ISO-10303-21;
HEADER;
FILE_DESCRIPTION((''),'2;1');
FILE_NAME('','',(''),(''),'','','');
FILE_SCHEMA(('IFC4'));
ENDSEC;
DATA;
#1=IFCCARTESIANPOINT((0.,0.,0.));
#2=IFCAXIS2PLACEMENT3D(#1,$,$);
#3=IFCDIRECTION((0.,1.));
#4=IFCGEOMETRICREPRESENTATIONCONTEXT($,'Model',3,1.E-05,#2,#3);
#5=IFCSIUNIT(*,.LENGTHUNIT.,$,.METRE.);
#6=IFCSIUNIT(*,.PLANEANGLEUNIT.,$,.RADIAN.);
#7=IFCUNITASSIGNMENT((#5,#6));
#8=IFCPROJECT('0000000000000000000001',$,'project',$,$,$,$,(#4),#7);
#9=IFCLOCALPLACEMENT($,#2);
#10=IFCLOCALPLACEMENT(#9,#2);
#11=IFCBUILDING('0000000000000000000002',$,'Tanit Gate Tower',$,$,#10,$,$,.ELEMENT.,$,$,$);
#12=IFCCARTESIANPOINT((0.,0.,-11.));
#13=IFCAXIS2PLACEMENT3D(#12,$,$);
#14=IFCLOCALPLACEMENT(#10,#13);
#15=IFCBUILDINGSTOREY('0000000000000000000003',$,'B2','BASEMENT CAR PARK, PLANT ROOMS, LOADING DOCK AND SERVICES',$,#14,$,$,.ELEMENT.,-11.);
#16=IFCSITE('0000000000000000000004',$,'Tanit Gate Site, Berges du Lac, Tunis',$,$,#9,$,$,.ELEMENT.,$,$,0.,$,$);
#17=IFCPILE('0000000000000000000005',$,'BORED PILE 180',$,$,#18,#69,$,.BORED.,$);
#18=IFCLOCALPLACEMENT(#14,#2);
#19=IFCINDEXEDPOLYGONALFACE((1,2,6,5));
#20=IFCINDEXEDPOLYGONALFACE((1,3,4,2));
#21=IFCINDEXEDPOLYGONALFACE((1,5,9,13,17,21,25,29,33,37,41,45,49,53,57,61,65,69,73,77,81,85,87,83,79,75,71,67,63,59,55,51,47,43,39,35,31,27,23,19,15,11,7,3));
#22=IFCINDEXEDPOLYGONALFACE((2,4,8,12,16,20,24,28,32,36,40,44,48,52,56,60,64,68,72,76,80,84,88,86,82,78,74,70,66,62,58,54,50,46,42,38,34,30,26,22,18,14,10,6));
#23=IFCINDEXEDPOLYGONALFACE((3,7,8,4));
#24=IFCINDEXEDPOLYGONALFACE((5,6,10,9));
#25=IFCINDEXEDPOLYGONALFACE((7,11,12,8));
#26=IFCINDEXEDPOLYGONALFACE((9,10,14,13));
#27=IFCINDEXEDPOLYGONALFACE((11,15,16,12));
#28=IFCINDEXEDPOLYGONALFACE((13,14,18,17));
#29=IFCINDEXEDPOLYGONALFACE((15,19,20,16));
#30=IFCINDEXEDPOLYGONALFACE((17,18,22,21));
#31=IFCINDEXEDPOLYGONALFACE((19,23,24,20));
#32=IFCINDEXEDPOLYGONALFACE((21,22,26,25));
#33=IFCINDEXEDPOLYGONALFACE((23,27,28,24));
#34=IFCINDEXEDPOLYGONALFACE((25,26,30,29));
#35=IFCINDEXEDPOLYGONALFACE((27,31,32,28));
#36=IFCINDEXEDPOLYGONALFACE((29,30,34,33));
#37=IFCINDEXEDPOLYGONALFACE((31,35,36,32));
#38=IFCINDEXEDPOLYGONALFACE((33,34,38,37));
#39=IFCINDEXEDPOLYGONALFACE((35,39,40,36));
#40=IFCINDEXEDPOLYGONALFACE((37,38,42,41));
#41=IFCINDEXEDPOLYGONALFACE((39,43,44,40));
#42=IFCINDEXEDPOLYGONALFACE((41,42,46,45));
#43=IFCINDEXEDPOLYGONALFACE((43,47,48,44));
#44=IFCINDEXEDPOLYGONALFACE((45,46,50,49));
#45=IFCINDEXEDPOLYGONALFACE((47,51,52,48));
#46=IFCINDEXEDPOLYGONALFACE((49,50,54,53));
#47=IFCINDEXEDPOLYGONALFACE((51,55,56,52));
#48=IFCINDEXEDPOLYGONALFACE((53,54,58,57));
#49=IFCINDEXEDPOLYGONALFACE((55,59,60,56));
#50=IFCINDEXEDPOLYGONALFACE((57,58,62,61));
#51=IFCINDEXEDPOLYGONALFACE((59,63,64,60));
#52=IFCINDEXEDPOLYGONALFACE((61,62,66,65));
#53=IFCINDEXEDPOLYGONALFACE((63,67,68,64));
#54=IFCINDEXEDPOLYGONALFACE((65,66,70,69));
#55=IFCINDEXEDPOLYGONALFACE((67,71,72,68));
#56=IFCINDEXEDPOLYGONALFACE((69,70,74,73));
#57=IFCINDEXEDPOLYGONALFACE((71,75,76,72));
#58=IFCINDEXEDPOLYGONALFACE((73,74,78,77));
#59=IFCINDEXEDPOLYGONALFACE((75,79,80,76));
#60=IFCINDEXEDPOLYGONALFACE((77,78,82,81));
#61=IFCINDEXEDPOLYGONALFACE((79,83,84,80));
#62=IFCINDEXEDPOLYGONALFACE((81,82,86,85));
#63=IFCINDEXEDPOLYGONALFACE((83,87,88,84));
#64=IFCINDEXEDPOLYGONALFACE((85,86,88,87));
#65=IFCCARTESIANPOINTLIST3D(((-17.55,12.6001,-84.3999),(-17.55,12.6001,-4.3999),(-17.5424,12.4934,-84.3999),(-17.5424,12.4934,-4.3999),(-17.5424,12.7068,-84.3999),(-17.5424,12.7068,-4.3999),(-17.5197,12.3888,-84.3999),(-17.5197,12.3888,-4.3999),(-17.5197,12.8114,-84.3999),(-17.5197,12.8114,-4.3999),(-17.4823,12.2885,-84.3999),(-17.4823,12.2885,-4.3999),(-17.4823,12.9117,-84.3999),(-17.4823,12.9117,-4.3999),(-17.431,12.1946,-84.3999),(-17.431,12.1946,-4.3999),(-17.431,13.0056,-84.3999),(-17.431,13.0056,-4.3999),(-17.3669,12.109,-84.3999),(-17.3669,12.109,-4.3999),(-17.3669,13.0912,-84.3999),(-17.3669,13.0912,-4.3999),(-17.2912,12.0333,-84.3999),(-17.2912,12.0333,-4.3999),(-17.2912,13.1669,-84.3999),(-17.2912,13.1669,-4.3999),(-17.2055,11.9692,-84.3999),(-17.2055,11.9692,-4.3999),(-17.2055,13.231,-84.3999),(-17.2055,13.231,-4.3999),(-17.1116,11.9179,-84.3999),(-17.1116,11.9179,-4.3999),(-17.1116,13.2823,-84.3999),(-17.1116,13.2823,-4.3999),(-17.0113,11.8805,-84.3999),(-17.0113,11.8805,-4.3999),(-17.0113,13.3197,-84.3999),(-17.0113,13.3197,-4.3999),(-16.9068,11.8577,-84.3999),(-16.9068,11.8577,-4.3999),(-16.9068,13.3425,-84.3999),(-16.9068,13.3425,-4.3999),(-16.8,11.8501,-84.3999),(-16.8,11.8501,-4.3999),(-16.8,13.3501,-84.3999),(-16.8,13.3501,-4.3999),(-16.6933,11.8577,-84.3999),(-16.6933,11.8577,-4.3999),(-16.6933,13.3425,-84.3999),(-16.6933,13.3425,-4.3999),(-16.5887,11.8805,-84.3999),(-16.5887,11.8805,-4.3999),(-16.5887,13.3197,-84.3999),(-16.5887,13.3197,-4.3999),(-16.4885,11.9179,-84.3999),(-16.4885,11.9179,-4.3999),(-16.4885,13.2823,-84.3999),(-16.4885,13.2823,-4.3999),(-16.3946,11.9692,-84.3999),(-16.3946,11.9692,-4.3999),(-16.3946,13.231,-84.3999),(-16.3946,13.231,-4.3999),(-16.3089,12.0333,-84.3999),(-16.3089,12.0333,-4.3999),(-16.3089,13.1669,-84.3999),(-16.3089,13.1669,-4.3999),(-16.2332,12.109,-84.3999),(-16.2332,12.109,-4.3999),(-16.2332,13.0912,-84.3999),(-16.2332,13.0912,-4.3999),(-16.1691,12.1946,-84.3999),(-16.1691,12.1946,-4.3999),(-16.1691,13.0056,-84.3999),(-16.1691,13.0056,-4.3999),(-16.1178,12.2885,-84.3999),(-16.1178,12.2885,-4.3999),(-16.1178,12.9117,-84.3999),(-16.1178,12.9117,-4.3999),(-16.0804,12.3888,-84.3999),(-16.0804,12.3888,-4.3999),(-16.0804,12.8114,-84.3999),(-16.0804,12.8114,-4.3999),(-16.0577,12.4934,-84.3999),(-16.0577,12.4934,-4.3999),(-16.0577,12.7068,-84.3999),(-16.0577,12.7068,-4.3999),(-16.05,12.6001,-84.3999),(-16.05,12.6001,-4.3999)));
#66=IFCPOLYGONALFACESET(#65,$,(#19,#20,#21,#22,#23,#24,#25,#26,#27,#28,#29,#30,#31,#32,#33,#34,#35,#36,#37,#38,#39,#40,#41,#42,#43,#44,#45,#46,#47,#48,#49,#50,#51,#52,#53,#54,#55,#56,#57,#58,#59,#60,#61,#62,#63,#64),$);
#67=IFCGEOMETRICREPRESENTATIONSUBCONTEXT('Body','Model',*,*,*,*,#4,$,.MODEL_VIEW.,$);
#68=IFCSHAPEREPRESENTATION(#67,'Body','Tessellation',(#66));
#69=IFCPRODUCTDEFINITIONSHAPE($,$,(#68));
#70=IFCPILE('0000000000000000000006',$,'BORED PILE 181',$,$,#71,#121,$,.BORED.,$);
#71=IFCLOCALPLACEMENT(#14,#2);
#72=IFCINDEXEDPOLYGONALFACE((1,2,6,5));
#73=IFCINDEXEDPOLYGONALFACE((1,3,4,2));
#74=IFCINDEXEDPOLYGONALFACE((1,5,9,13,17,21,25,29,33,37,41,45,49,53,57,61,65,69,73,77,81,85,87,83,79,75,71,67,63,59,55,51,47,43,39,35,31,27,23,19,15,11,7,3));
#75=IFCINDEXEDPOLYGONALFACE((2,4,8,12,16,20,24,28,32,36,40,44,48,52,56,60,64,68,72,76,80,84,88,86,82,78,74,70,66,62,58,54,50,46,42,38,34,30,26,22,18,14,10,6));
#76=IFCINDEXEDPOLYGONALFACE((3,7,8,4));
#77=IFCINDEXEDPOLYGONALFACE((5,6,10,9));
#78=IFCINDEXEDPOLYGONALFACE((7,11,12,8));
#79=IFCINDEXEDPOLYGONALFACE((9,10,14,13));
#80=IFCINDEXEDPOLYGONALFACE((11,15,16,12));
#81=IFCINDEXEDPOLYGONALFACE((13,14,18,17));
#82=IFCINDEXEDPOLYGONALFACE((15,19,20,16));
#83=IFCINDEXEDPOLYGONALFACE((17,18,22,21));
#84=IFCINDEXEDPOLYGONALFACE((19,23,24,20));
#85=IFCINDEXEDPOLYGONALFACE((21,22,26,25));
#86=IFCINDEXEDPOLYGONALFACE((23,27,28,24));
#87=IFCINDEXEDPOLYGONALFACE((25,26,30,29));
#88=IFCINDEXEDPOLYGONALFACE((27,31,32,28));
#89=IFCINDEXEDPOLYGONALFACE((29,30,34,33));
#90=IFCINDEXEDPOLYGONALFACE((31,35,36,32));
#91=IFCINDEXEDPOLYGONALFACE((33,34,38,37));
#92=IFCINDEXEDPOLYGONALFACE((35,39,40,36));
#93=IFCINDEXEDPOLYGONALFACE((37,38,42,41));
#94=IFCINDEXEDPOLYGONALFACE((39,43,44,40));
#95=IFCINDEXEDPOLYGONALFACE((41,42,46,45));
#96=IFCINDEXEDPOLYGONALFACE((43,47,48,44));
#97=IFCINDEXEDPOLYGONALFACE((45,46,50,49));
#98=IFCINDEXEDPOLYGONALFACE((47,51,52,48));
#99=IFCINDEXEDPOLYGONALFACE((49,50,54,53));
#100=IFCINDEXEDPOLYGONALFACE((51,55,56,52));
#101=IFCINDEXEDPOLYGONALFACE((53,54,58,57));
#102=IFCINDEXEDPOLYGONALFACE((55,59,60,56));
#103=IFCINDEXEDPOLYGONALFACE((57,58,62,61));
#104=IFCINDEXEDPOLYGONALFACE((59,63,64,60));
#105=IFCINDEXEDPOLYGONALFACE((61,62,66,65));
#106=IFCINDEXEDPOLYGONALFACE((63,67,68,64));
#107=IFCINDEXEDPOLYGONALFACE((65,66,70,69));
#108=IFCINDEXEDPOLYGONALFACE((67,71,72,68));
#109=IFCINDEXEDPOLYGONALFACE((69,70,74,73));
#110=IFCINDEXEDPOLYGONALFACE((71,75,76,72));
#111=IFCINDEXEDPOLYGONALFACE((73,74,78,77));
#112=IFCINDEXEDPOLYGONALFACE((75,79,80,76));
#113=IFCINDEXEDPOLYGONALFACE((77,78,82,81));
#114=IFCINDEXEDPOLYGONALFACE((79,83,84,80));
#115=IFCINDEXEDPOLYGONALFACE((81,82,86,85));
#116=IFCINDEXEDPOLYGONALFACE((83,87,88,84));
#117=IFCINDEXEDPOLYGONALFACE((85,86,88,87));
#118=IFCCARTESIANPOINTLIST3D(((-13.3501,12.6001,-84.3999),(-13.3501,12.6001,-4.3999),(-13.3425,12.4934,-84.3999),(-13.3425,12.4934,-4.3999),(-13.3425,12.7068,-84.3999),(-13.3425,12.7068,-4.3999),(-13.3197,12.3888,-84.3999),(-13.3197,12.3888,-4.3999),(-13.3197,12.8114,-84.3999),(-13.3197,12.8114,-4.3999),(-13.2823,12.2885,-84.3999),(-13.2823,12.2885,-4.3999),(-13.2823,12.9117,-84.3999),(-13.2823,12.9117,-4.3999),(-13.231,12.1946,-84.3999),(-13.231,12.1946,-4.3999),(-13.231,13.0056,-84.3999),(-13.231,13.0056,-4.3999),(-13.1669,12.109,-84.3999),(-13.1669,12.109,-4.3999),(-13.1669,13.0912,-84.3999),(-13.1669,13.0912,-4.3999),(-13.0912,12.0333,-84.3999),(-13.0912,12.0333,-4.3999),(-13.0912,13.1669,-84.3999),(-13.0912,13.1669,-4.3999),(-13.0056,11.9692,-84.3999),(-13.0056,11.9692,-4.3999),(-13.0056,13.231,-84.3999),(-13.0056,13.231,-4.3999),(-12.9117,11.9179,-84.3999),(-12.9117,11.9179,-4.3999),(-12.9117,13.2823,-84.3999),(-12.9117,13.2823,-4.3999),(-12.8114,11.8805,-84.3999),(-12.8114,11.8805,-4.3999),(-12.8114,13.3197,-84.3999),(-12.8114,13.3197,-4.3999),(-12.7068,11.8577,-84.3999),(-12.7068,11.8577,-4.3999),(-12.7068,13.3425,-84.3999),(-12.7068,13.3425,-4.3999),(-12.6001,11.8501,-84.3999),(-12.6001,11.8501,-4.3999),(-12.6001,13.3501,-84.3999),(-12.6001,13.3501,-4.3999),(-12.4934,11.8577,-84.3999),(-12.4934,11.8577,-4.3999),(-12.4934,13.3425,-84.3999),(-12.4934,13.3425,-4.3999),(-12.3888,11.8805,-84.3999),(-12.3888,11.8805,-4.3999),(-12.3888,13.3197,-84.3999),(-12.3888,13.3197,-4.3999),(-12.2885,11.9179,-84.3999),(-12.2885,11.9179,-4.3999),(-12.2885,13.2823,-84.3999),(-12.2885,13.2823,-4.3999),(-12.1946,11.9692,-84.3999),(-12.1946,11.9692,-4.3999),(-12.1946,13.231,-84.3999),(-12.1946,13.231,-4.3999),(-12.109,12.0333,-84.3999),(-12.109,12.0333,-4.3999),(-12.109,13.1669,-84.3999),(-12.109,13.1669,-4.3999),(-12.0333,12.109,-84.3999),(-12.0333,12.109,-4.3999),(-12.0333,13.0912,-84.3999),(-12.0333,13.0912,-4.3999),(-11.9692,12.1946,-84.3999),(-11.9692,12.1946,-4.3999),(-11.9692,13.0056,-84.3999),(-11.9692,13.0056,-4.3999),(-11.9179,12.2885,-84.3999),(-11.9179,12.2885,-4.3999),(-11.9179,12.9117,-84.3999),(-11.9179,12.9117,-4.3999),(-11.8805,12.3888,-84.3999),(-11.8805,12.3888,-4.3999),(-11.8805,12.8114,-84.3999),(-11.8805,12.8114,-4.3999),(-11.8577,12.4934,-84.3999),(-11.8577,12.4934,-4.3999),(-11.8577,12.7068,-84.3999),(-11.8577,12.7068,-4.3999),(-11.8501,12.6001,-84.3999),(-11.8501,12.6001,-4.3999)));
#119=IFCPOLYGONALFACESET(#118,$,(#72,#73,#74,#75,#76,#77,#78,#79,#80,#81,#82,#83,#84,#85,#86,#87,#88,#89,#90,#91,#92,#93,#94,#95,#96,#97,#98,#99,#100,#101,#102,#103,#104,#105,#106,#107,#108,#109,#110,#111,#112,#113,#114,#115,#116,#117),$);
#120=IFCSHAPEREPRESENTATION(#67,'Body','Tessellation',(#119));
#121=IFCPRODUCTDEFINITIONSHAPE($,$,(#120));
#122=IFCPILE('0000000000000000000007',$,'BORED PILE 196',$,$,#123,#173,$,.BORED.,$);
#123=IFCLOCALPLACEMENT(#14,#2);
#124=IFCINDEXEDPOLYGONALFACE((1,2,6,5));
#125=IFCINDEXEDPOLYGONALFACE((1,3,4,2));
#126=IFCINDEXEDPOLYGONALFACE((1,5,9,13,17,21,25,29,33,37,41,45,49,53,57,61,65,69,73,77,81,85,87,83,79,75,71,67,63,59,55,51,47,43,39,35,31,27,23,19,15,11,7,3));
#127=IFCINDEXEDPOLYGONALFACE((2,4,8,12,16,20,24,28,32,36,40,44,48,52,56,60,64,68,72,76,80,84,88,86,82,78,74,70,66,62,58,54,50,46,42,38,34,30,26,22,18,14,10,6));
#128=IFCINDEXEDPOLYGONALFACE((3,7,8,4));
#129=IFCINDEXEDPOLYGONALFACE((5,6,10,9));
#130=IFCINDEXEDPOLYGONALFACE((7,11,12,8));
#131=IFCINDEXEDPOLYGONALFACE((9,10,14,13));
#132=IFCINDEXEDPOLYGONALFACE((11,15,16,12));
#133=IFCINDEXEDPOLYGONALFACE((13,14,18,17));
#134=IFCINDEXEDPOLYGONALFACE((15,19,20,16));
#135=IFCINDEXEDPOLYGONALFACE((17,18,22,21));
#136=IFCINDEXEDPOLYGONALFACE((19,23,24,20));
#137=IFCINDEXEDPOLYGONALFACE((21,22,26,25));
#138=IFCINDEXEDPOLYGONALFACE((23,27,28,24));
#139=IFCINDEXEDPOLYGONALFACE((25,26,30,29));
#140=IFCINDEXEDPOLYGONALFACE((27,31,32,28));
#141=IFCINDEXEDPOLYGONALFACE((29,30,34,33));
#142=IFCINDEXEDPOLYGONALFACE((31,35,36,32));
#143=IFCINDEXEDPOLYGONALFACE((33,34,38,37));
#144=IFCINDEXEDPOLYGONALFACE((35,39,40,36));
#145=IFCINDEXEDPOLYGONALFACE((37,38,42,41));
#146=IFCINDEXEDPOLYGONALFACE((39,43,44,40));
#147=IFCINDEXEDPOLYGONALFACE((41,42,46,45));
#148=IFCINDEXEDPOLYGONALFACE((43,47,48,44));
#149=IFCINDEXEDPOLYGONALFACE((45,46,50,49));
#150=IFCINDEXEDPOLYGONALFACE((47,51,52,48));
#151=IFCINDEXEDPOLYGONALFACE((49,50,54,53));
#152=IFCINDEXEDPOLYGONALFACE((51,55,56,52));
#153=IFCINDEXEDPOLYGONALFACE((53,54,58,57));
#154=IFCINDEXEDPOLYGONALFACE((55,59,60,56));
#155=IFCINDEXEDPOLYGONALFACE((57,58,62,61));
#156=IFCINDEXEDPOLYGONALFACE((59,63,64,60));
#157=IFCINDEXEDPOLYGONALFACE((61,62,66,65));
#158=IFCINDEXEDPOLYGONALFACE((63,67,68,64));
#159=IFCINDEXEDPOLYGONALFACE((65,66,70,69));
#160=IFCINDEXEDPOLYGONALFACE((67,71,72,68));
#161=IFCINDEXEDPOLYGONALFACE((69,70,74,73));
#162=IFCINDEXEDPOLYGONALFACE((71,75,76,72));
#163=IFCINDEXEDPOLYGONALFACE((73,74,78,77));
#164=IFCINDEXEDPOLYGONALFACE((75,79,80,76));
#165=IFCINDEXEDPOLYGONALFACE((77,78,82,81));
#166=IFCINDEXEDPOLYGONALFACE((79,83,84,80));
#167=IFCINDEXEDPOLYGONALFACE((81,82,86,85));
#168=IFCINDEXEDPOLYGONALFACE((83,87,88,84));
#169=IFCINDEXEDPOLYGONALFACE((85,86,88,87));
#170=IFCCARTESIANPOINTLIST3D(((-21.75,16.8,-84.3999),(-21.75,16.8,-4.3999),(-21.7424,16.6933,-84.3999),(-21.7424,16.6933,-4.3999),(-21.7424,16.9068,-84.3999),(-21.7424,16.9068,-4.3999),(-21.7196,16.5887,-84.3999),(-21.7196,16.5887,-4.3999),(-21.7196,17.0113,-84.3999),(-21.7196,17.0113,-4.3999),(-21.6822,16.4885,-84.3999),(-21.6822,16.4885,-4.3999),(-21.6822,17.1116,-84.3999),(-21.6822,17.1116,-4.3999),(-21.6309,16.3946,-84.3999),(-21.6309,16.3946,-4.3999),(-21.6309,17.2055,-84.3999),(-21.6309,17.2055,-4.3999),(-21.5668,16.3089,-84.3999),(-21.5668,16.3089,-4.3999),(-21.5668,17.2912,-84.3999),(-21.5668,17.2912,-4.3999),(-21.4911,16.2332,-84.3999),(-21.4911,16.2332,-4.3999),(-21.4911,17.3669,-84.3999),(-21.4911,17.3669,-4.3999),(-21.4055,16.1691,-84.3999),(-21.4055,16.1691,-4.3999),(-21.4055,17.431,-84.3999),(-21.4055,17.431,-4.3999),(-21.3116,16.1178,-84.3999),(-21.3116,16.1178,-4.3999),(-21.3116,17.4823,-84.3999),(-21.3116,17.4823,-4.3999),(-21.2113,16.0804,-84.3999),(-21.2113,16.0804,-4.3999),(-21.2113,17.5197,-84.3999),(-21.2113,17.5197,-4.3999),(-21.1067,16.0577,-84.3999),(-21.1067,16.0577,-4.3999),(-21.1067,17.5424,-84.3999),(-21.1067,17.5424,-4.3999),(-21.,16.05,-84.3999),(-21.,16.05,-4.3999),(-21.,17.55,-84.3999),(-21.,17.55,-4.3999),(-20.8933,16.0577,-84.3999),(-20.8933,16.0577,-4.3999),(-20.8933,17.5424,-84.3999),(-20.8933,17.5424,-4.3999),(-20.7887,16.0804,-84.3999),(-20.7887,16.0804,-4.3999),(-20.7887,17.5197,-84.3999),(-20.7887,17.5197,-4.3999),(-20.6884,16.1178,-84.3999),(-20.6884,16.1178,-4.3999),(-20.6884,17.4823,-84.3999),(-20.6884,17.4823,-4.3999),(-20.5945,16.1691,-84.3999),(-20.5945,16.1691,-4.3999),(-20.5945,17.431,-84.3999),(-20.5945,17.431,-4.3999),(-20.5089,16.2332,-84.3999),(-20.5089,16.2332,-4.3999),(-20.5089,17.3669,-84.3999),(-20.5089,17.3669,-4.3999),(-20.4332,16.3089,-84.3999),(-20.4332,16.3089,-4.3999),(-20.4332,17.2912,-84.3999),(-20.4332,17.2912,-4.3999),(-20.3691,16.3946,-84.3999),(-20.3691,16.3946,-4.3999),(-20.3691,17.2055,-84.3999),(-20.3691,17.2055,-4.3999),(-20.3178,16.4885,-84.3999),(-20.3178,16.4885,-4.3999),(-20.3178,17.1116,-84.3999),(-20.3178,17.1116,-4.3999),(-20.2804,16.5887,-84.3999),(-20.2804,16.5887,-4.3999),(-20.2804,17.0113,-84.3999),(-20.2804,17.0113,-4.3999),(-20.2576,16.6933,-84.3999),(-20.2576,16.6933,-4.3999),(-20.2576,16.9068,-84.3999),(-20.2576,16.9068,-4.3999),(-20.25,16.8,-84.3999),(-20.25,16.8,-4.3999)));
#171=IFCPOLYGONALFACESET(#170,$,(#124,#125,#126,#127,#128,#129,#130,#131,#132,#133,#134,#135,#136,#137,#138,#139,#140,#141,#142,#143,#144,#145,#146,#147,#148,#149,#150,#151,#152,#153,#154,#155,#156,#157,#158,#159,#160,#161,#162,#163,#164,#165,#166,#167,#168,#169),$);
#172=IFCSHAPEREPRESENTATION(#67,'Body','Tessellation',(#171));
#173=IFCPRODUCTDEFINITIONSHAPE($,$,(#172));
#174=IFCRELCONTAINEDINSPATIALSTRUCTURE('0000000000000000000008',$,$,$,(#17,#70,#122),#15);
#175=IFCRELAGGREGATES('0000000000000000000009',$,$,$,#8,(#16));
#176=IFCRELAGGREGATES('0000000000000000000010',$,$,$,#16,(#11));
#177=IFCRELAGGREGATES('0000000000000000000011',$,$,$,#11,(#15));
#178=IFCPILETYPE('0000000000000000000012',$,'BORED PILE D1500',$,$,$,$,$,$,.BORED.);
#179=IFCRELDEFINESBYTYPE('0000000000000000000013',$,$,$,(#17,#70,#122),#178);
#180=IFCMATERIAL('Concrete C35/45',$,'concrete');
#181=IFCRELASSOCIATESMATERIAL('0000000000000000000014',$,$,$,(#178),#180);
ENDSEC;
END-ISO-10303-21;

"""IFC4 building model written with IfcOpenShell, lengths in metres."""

from ifc_helpers import new_model, si_unit, direction, frame, origin, origin_2d, place, context, subcontext, project, spatial, circle, extrude, material, material_profile, profile_set, type_object, element, save


model = new_model("IFC4")

# Units and contexts
model_context = context("Model", 3, precision=1e-05, world=origin(), true_north=direction((0.0, 1.0)))
body_context = subcontext(model_context, "Body", "Model", "MODEL_VIEW")
ifc_project = project(units=[si_unit("LENGTHUNIT", "METRE"), si_unit("PLANEANGLEUNIT", "RADIAN")], contexts=[model_context])

# Site, building, storey
site_placement = place(None, origin())
site = spatial("IfcSite", under=ifc_project, at=site_placement, Name="Tanit Gate Site, Berges du Lac, Tunis", CompositionType="ELEMENT", RefElevation=0.0)
building_placement = place(site_placement, origin())
building = spatial("IfcBuilding", under=site, at=building_placement, Name="Tanit Gate Tower", CompositionType="ELEMENT")
storey_placement = place(building_placement, frame((0.0, 0.0, -11.0)))
storey = spatial("IfcBuildingStorey", under=building, at=storey_placement, Name="B2", Description="BASEMENT CAR PARK, PLANT ROOMS, LOADING DOCK AND SERVICES", CompositionType="ELEMENT", Elevation=-11.0)

# Piles
ifc_material_1 = material(Name="Concrete C35/45", Category="concrete")
ifc_material_profile = material_profile(ifc_material_1, circle(Radius=0.75, at=origin_2d()), Name="BORED PILE D1500 C35/45")
ifc_profile_set = profile_set([ifc_material_profile], Name="Concrete C35/45")
pile_type = type_object("IfcPileType", Name="BORED PILE D1500", PredefinedType="BORED", material=ifc_profile_set)
for number, where, z_axis, x_axis, name in (
    (1, (-16.8, 12.6001, -4.3999), (0.0, 0.0, -1.0), (1.0, 0.0, 0.0), "BORED PILE 180"),
    (2, (-12.6001, 12.6001, -4.3999), (0.0, 0.0, -1.0), (1.0, 0.0, 0.0), "BORED PILE 181"),
    (3, (-21.0, 16.8, -4.3999), (0.0, 0.0, -1.0), (1.0, 0.0, 0.0), "BORED PILE 196"),
):
    element("IfcPile", number, at=place(storey_placement, frame(where, z_axis=z_axis, x_axis=x_axis)), inside=storey, type_object=pile_type, Name=name, PredefinedType="BORED", context=body_context, shape_type="SweptSolid", body=[
        extrude(circle(Radius=0.75, at=origin_2d()), origin(), (0.0, 0.0, 1.0), 80.0),
    ])

save(model, "model.ifc")
